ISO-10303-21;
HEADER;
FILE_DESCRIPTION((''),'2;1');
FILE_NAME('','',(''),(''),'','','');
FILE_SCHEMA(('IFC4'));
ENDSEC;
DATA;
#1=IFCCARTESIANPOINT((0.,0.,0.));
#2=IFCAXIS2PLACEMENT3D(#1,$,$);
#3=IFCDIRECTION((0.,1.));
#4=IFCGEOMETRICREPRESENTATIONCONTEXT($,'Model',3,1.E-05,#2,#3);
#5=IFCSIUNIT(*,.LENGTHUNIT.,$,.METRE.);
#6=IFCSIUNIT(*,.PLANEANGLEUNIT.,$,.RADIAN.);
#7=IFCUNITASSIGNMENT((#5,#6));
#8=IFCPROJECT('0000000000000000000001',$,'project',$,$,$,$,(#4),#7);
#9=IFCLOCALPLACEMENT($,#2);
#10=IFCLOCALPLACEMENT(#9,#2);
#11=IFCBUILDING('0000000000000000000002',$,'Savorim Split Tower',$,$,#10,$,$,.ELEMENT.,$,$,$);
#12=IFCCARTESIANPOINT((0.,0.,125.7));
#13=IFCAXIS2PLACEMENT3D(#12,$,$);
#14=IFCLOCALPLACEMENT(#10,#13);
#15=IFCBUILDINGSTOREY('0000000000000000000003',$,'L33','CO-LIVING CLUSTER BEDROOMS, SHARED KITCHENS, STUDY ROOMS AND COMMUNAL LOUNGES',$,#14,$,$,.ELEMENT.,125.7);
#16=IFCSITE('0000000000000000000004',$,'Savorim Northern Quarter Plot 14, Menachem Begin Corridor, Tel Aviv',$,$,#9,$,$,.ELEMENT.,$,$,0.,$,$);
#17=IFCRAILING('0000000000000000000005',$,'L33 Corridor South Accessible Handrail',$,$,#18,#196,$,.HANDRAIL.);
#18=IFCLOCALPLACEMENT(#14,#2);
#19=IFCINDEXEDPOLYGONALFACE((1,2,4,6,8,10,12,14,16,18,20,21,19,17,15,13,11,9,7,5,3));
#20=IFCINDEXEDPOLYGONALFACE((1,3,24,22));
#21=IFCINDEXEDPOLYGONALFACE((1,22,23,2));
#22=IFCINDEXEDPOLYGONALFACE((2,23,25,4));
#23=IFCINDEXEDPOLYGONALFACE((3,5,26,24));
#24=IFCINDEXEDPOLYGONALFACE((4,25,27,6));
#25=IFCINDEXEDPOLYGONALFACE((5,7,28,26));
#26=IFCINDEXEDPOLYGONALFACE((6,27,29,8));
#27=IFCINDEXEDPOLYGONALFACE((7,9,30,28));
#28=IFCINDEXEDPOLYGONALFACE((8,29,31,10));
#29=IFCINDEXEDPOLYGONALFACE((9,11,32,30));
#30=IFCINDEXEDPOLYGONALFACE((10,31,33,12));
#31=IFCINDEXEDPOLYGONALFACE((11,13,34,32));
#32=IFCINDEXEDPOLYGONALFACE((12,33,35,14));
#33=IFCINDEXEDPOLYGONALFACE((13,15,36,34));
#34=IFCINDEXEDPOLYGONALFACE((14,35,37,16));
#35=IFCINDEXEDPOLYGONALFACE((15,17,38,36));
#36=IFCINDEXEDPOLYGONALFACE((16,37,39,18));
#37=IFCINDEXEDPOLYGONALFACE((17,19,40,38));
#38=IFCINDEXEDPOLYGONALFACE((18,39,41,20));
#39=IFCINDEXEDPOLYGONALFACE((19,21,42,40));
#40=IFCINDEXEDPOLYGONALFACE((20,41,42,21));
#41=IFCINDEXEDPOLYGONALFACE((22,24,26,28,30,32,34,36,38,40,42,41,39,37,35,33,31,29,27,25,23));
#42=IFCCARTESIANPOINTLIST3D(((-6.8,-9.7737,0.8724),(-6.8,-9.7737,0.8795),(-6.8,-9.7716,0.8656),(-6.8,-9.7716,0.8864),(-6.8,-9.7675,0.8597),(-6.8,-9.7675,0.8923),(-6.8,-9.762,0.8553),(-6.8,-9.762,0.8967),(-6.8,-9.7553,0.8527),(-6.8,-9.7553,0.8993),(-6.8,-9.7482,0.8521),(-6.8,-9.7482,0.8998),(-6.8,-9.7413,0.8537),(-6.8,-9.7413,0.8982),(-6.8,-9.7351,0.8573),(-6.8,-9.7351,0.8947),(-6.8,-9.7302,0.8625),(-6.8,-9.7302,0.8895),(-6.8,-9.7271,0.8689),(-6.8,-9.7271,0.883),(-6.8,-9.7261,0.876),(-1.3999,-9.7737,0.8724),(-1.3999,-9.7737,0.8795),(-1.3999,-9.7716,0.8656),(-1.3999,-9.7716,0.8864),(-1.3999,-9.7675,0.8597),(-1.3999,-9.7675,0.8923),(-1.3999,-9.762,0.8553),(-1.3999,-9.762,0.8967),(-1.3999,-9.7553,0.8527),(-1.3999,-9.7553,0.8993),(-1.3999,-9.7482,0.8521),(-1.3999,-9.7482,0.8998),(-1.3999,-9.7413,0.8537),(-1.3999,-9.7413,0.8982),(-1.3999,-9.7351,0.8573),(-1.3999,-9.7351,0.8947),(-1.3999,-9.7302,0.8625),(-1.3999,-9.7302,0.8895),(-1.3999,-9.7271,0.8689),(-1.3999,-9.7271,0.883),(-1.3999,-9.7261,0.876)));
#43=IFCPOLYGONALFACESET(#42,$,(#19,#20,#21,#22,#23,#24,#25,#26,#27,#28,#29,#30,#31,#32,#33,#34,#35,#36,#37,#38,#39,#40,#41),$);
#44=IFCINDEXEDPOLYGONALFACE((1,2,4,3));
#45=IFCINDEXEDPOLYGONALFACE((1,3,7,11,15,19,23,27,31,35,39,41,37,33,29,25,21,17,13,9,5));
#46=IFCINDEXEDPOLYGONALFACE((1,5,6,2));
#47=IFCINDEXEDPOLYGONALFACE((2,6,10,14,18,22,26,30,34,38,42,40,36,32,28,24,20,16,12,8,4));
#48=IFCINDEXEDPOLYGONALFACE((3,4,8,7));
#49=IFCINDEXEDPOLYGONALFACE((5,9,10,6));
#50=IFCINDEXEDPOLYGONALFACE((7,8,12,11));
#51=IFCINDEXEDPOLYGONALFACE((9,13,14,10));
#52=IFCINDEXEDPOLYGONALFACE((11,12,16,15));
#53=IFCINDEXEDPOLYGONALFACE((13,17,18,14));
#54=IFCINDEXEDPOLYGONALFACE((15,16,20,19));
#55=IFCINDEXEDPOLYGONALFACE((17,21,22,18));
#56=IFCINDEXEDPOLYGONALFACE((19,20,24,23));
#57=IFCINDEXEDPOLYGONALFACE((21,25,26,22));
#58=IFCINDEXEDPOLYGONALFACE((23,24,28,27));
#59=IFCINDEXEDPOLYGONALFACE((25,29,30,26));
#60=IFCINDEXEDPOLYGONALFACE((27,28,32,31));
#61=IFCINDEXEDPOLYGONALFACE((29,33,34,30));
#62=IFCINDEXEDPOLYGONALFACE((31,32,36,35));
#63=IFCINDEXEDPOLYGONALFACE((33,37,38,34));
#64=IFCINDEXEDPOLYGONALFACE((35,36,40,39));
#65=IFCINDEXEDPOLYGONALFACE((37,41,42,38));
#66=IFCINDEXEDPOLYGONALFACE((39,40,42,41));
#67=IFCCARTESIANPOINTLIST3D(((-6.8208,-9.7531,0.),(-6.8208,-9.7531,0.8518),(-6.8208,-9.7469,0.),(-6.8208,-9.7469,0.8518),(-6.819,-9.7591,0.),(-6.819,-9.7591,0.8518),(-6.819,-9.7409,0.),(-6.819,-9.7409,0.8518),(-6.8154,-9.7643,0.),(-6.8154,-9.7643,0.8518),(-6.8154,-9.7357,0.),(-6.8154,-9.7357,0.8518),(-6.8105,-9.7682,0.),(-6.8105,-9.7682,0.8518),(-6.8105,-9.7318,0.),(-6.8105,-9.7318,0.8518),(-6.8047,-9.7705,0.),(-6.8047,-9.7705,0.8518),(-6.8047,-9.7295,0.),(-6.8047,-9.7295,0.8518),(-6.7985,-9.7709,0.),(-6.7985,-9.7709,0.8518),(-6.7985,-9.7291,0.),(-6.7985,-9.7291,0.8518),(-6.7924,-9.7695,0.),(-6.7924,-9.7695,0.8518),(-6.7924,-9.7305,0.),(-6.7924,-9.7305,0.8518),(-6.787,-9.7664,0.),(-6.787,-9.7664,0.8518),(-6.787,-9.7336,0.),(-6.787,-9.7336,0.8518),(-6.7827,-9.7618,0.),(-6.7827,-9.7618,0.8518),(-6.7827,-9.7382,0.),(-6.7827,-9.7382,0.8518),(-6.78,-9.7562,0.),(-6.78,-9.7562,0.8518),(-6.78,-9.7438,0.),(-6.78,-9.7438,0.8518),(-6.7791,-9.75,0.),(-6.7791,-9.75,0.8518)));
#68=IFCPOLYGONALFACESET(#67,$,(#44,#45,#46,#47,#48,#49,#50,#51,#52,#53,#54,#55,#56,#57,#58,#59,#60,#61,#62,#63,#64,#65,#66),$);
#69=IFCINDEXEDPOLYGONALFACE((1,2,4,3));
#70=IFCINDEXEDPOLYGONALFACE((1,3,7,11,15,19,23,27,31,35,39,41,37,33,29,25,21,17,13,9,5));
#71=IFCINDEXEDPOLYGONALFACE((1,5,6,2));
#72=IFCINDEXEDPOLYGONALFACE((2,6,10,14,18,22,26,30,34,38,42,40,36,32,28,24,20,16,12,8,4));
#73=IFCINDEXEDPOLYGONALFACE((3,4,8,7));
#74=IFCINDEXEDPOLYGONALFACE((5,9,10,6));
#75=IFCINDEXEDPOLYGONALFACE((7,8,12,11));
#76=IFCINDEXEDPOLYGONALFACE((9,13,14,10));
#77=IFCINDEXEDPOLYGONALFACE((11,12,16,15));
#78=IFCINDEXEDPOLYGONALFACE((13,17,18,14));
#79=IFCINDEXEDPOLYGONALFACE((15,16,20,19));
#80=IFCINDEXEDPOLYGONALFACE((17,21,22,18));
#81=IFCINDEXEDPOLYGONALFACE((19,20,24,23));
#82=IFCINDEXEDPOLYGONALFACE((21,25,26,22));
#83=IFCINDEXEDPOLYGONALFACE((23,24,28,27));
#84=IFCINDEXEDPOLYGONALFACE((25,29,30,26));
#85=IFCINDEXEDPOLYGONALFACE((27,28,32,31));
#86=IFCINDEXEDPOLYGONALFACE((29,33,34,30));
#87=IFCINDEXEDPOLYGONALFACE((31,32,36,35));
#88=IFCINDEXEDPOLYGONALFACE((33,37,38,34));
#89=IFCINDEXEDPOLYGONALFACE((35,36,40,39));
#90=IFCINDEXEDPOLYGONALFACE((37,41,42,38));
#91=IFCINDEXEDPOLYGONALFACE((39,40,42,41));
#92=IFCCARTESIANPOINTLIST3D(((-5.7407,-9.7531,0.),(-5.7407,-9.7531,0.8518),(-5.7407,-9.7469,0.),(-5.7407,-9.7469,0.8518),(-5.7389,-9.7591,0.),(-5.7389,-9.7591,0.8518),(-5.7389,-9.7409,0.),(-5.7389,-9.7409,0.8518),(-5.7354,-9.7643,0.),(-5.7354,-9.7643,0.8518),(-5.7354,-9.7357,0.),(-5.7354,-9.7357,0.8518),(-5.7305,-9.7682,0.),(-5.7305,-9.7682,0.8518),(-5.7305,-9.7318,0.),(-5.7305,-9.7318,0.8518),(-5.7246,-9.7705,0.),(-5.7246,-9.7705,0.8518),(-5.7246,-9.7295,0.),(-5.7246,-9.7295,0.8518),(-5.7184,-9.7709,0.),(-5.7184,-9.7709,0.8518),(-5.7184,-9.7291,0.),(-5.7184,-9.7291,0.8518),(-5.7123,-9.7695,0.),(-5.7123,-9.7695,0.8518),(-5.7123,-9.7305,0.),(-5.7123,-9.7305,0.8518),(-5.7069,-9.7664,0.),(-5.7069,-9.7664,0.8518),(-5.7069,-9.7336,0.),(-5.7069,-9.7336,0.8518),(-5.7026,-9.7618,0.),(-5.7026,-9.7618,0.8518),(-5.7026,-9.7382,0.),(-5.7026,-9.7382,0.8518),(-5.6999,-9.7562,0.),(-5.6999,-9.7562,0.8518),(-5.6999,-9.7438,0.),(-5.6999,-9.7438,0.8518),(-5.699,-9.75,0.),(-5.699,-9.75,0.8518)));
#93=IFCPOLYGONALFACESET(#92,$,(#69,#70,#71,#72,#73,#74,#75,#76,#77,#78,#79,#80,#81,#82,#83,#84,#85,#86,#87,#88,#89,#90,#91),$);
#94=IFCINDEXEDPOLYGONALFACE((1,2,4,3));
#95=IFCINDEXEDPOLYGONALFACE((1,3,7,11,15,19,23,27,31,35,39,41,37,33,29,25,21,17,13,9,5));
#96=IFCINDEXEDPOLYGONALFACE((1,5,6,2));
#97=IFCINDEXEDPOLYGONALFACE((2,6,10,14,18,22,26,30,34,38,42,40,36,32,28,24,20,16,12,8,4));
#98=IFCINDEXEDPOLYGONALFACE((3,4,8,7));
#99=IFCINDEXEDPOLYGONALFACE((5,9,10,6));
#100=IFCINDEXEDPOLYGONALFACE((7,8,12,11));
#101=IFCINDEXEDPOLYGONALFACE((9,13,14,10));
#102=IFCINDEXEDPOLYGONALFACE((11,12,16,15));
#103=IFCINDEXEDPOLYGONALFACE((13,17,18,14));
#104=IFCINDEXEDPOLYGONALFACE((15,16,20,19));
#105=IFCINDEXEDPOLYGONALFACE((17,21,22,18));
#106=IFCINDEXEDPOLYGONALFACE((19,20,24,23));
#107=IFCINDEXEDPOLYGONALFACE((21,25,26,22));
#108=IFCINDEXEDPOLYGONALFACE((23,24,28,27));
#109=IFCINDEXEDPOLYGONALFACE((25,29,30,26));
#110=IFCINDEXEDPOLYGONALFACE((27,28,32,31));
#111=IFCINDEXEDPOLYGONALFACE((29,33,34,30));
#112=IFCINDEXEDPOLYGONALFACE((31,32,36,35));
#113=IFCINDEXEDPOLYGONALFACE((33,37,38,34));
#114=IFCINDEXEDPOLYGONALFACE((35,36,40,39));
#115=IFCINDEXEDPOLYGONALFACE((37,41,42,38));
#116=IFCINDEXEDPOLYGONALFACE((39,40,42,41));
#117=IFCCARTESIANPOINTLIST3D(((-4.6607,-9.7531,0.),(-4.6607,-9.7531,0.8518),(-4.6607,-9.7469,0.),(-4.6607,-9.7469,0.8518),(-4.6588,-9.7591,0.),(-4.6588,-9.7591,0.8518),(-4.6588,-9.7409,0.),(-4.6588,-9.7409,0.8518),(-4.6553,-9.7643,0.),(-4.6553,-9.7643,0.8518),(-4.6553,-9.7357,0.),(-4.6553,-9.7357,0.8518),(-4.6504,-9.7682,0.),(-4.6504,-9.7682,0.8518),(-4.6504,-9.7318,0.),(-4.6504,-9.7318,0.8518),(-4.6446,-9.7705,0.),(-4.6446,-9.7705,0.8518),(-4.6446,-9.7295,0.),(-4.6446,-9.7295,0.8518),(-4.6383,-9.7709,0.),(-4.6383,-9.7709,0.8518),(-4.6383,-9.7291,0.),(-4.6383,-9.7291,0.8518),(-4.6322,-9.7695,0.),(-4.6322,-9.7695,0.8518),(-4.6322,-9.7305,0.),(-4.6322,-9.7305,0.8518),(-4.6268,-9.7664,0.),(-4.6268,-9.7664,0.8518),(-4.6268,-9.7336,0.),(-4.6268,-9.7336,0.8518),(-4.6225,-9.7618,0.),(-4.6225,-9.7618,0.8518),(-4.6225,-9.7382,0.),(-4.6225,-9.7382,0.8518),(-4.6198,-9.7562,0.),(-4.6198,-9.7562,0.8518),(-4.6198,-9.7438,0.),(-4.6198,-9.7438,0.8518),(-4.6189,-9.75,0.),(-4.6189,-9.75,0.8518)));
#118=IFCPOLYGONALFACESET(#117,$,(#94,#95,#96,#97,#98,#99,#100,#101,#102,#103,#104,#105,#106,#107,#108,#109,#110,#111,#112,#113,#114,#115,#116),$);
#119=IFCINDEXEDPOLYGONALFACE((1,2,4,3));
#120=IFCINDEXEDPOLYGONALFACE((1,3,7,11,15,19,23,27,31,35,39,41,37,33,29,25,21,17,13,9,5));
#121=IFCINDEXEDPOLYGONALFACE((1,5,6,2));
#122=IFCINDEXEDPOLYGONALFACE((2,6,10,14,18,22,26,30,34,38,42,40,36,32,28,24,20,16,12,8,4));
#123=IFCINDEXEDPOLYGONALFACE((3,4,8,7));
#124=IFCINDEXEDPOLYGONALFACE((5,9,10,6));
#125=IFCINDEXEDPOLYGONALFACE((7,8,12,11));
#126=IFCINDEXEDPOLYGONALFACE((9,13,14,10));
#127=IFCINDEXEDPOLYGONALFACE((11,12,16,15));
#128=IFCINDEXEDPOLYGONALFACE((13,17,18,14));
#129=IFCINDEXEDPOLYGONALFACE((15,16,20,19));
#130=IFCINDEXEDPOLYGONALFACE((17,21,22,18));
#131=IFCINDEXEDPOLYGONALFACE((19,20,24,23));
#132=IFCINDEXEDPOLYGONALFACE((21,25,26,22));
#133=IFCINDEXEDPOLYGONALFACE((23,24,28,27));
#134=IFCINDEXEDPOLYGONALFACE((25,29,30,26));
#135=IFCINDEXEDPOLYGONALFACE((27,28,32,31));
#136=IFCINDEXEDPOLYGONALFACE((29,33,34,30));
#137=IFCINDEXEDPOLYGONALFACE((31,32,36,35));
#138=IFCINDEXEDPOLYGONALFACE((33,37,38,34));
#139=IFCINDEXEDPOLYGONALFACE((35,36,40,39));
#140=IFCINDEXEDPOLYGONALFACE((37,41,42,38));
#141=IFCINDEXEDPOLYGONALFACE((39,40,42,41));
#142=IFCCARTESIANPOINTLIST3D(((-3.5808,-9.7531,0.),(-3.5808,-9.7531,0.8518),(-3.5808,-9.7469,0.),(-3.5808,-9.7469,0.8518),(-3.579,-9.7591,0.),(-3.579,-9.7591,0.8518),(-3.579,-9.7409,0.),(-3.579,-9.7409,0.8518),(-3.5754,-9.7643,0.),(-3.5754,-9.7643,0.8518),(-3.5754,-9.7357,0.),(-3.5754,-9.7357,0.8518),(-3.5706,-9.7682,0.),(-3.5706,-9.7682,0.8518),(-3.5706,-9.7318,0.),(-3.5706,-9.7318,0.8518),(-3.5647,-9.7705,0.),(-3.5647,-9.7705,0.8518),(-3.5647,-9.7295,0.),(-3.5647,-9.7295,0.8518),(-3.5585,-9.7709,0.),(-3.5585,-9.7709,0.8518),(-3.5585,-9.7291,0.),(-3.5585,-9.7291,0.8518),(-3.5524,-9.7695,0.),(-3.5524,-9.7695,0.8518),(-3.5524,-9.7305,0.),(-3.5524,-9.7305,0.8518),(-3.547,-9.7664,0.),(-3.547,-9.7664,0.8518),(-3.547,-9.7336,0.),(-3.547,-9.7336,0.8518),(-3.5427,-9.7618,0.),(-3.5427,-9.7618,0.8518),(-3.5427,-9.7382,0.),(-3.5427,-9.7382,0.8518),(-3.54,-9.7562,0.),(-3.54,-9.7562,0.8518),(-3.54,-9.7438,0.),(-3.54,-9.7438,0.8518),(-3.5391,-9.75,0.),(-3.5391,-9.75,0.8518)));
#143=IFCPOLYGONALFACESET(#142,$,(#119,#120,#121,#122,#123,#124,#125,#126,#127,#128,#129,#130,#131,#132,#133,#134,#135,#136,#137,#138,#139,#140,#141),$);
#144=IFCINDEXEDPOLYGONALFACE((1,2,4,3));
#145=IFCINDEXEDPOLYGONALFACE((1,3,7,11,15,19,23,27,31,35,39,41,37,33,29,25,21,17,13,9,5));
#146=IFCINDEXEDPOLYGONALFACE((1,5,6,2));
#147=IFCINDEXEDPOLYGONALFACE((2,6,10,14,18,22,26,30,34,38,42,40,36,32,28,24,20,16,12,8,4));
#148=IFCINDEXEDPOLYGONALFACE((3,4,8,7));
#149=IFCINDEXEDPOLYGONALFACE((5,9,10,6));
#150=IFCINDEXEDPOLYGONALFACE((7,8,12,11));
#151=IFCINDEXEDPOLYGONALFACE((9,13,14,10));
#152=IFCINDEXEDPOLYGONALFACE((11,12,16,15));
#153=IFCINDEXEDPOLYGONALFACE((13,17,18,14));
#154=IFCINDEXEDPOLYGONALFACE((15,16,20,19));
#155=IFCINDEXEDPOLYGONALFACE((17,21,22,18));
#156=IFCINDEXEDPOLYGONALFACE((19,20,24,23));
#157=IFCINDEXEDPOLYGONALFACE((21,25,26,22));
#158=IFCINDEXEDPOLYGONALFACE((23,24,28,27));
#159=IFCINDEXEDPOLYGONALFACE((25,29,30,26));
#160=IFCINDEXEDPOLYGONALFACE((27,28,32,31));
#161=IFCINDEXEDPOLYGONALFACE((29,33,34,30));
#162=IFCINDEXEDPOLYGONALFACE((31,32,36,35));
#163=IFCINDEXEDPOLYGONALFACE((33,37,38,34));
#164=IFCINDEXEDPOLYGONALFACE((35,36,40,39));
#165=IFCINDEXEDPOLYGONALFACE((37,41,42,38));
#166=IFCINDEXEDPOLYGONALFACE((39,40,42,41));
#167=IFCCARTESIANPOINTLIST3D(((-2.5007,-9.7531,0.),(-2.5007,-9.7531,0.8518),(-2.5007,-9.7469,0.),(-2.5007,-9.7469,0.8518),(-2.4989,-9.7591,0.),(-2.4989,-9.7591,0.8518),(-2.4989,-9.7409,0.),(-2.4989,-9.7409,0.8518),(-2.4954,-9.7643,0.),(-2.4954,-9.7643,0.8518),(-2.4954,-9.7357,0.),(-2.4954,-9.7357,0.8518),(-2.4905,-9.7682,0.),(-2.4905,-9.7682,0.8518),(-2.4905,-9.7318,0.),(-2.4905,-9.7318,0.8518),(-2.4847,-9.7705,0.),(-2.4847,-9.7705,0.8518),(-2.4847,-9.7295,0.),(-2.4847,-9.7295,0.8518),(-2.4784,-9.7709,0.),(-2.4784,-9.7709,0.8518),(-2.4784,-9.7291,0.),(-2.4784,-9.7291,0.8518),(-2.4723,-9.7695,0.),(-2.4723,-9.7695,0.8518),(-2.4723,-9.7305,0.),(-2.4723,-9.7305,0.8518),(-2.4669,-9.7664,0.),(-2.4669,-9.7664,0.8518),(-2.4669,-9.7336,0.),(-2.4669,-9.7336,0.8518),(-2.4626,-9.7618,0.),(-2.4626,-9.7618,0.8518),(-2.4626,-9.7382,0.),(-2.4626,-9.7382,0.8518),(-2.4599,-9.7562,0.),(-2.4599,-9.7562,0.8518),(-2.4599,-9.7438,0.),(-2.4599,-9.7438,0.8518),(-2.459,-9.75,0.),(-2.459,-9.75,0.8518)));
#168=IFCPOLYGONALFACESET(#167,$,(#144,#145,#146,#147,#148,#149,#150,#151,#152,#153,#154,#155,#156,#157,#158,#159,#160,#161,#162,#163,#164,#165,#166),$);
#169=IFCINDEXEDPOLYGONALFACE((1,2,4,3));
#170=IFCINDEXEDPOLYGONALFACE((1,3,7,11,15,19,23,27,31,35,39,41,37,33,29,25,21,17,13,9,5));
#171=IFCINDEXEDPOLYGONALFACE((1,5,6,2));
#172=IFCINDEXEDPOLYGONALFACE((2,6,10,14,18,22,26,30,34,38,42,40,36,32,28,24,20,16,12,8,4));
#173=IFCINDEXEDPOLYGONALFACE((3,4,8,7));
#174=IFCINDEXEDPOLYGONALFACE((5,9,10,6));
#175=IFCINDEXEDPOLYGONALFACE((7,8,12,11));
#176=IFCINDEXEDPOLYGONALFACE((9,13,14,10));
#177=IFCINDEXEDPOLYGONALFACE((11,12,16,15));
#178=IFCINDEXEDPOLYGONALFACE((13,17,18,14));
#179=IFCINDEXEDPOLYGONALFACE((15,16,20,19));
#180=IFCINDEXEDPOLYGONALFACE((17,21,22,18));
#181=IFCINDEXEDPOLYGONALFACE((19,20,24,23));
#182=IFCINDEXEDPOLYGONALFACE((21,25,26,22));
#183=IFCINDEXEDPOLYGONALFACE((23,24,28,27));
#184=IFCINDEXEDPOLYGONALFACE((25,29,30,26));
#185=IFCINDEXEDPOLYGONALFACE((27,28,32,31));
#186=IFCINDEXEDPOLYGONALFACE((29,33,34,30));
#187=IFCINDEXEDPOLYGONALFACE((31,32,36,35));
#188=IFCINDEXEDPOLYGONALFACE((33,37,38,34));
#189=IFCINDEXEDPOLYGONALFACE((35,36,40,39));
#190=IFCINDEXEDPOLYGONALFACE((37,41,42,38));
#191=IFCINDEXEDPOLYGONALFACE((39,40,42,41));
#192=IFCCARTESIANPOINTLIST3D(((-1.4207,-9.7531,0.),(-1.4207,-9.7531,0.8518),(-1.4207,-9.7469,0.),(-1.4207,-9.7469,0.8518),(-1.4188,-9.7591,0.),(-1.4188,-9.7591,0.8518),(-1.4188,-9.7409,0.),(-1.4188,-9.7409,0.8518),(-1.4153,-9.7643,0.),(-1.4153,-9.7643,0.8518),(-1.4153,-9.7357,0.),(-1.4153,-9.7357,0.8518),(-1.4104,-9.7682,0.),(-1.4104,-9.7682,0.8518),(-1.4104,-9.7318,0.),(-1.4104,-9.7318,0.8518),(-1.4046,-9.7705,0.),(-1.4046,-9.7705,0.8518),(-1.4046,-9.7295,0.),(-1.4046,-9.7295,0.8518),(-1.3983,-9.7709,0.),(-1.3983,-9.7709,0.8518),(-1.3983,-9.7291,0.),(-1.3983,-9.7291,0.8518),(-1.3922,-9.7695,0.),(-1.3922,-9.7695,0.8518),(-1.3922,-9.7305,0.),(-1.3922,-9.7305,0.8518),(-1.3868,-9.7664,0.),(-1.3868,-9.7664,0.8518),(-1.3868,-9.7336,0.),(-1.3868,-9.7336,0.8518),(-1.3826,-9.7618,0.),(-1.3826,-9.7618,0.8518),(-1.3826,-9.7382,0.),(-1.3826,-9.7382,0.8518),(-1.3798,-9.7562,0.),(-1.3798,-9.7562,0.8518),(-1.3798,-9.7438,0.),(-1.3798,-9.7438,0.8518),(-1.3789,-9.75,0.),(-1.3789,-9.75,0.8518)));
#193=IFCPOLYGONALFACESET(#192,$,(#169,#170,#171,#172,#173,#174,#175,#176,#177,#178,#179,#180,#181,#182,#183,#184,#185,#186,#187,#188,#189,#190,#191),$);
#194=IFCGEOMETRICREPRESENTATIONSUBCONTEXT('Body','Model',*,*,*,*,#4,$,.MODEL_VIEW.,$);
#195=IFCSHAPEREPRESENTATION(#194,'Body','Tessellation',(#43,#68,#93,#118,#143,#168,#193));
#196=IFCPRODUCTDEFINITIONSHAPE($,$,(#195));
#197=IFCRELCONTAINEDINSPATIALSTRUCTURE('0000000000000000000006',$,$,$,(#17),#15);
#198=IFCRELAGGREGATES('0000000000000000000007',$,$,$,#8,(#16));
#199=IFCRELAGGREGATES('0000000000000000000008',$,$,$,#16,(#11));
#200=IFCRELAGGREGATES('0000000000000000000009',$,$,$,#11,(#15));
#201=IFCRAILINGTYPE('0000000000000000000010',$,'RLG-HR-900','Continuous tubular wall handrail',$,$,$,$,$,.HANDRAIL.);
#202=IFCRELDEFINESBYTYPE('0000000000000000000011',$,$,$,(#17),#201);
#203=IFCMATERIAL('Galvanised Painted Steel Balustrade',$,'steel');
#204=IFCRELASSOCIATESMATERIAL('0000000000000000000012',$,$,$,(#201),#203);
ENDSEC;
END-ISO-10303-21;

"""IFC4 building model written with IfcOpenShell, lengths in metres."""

from ifc_helpers import new_model, si_unit, direction, frame, origin, origin_2d, place, context, subcontext, project, spatial, circle, extrude, material, type_object, element, save


model = new_model("IFC4")

# Units and contexts
model_context = context("Model", 3, precision=1e-05, world=origin(), true_north=direction((0.0, 1.0)))
body_context = subcontext(model_context, "Body", "Model", "MODEL_VIEW")
ifc_project = project(units=[si_unit("LENGTHUNIT", "METRE"), si_unit("PLANEANGLEUNIT", "RADIAN")], contexts=[model_context])

# Site, building, storey
site_placement = place(None, origin())
site = spatial("IfcSite", under=ifc_project, at=site_placement, Name="Savorim Northern Quarter Plot 14, Menachem Begin Corridor, Tel Aviv", CompositionType="ELEMENT", RefElevation=0.0)
building_placement = place(site_placement, origin())
building = spatial("IfcBuilding", under=site, at=building_placement, Name="Savorim Split Tower", CompositionType="ELEMENT")
storey_placement = place(building_placement, frame((0.0, 0.0, 125.7)))
storey = spatial("IfcBuildingStorey", under=building, at=storey_placement, Name="L33", Description="CO-LIVING CLUSTER BEDROOMS, SHARED KITCHENS, STUDY ROOMS AND COMMUNAL LOUNGES", CompositionType="ELEMENT", Elevation=125.7)

# Railing
ifc_material_1 = material(Name="Galvanised Painted Steel Balustrade", Category="steel")
railing_type_1 = type_object("IfcRailingType", Name="RLG-HR-900", Description="Continuous tubular wall handrail", PredefinedType="HANDRAIL", material=ifc_material_1)
railing_1_placement = place(storey_placement, frame((-6.8, -9.75, 0.0)))
element("IfcRailing", 1, at=railing_1_placement, inside=storey, type_object=railing_type_1, Name="L33 Corridor South Accessible Handrail", PredefinedType="HANDRAIL", context=body_context, shape_type="SweptSolid", body=[
    extrude(circle(Radius=0.0239, at=origin_2d()), frame((0.0, 0.0, 0.876), z_axis=(1.0, 0.0, 0.0), x_axis=(0.0, 1.0, 0.0)), (0.0, 0.0, 1.0), 5.4001),
    extrude(circle(Radius=0.021, at=origin_2d()), origin(), (0.0, 0.0, 1.0), 0.8518),
    extrude(circle(Radius=0.021, at=origin_2d()), frame((1.0801, 0.0, 0.0)), (0.0, 0.0, 1.0), 0.8518),
    extrude(circle(Radius=0.021, at=origin_2d()), frame((2.1602, 0.0, 0.0)), (0.0, 0.0, 1.0), 0.8518),
    extrude(circle(Radius=0.021, at=origin_2d()), frame((3.24, 0.0, 0.0)), (0.0, 0.0, 1.0), 0.8518),
    extrude(circle(Radius=0.021, at=origin_2d()), frame((4.3201, 0.0, 0.0)), (0.0, 0.0, 1.0), 0.8518),
    extrude(circle(Radius=0.021, at=origin_2d()), frame((5.4001, 0.0, 0.0)), (0.0, 0.0, 1.0), 0.8518),
])

save(model, "model.ifc")
